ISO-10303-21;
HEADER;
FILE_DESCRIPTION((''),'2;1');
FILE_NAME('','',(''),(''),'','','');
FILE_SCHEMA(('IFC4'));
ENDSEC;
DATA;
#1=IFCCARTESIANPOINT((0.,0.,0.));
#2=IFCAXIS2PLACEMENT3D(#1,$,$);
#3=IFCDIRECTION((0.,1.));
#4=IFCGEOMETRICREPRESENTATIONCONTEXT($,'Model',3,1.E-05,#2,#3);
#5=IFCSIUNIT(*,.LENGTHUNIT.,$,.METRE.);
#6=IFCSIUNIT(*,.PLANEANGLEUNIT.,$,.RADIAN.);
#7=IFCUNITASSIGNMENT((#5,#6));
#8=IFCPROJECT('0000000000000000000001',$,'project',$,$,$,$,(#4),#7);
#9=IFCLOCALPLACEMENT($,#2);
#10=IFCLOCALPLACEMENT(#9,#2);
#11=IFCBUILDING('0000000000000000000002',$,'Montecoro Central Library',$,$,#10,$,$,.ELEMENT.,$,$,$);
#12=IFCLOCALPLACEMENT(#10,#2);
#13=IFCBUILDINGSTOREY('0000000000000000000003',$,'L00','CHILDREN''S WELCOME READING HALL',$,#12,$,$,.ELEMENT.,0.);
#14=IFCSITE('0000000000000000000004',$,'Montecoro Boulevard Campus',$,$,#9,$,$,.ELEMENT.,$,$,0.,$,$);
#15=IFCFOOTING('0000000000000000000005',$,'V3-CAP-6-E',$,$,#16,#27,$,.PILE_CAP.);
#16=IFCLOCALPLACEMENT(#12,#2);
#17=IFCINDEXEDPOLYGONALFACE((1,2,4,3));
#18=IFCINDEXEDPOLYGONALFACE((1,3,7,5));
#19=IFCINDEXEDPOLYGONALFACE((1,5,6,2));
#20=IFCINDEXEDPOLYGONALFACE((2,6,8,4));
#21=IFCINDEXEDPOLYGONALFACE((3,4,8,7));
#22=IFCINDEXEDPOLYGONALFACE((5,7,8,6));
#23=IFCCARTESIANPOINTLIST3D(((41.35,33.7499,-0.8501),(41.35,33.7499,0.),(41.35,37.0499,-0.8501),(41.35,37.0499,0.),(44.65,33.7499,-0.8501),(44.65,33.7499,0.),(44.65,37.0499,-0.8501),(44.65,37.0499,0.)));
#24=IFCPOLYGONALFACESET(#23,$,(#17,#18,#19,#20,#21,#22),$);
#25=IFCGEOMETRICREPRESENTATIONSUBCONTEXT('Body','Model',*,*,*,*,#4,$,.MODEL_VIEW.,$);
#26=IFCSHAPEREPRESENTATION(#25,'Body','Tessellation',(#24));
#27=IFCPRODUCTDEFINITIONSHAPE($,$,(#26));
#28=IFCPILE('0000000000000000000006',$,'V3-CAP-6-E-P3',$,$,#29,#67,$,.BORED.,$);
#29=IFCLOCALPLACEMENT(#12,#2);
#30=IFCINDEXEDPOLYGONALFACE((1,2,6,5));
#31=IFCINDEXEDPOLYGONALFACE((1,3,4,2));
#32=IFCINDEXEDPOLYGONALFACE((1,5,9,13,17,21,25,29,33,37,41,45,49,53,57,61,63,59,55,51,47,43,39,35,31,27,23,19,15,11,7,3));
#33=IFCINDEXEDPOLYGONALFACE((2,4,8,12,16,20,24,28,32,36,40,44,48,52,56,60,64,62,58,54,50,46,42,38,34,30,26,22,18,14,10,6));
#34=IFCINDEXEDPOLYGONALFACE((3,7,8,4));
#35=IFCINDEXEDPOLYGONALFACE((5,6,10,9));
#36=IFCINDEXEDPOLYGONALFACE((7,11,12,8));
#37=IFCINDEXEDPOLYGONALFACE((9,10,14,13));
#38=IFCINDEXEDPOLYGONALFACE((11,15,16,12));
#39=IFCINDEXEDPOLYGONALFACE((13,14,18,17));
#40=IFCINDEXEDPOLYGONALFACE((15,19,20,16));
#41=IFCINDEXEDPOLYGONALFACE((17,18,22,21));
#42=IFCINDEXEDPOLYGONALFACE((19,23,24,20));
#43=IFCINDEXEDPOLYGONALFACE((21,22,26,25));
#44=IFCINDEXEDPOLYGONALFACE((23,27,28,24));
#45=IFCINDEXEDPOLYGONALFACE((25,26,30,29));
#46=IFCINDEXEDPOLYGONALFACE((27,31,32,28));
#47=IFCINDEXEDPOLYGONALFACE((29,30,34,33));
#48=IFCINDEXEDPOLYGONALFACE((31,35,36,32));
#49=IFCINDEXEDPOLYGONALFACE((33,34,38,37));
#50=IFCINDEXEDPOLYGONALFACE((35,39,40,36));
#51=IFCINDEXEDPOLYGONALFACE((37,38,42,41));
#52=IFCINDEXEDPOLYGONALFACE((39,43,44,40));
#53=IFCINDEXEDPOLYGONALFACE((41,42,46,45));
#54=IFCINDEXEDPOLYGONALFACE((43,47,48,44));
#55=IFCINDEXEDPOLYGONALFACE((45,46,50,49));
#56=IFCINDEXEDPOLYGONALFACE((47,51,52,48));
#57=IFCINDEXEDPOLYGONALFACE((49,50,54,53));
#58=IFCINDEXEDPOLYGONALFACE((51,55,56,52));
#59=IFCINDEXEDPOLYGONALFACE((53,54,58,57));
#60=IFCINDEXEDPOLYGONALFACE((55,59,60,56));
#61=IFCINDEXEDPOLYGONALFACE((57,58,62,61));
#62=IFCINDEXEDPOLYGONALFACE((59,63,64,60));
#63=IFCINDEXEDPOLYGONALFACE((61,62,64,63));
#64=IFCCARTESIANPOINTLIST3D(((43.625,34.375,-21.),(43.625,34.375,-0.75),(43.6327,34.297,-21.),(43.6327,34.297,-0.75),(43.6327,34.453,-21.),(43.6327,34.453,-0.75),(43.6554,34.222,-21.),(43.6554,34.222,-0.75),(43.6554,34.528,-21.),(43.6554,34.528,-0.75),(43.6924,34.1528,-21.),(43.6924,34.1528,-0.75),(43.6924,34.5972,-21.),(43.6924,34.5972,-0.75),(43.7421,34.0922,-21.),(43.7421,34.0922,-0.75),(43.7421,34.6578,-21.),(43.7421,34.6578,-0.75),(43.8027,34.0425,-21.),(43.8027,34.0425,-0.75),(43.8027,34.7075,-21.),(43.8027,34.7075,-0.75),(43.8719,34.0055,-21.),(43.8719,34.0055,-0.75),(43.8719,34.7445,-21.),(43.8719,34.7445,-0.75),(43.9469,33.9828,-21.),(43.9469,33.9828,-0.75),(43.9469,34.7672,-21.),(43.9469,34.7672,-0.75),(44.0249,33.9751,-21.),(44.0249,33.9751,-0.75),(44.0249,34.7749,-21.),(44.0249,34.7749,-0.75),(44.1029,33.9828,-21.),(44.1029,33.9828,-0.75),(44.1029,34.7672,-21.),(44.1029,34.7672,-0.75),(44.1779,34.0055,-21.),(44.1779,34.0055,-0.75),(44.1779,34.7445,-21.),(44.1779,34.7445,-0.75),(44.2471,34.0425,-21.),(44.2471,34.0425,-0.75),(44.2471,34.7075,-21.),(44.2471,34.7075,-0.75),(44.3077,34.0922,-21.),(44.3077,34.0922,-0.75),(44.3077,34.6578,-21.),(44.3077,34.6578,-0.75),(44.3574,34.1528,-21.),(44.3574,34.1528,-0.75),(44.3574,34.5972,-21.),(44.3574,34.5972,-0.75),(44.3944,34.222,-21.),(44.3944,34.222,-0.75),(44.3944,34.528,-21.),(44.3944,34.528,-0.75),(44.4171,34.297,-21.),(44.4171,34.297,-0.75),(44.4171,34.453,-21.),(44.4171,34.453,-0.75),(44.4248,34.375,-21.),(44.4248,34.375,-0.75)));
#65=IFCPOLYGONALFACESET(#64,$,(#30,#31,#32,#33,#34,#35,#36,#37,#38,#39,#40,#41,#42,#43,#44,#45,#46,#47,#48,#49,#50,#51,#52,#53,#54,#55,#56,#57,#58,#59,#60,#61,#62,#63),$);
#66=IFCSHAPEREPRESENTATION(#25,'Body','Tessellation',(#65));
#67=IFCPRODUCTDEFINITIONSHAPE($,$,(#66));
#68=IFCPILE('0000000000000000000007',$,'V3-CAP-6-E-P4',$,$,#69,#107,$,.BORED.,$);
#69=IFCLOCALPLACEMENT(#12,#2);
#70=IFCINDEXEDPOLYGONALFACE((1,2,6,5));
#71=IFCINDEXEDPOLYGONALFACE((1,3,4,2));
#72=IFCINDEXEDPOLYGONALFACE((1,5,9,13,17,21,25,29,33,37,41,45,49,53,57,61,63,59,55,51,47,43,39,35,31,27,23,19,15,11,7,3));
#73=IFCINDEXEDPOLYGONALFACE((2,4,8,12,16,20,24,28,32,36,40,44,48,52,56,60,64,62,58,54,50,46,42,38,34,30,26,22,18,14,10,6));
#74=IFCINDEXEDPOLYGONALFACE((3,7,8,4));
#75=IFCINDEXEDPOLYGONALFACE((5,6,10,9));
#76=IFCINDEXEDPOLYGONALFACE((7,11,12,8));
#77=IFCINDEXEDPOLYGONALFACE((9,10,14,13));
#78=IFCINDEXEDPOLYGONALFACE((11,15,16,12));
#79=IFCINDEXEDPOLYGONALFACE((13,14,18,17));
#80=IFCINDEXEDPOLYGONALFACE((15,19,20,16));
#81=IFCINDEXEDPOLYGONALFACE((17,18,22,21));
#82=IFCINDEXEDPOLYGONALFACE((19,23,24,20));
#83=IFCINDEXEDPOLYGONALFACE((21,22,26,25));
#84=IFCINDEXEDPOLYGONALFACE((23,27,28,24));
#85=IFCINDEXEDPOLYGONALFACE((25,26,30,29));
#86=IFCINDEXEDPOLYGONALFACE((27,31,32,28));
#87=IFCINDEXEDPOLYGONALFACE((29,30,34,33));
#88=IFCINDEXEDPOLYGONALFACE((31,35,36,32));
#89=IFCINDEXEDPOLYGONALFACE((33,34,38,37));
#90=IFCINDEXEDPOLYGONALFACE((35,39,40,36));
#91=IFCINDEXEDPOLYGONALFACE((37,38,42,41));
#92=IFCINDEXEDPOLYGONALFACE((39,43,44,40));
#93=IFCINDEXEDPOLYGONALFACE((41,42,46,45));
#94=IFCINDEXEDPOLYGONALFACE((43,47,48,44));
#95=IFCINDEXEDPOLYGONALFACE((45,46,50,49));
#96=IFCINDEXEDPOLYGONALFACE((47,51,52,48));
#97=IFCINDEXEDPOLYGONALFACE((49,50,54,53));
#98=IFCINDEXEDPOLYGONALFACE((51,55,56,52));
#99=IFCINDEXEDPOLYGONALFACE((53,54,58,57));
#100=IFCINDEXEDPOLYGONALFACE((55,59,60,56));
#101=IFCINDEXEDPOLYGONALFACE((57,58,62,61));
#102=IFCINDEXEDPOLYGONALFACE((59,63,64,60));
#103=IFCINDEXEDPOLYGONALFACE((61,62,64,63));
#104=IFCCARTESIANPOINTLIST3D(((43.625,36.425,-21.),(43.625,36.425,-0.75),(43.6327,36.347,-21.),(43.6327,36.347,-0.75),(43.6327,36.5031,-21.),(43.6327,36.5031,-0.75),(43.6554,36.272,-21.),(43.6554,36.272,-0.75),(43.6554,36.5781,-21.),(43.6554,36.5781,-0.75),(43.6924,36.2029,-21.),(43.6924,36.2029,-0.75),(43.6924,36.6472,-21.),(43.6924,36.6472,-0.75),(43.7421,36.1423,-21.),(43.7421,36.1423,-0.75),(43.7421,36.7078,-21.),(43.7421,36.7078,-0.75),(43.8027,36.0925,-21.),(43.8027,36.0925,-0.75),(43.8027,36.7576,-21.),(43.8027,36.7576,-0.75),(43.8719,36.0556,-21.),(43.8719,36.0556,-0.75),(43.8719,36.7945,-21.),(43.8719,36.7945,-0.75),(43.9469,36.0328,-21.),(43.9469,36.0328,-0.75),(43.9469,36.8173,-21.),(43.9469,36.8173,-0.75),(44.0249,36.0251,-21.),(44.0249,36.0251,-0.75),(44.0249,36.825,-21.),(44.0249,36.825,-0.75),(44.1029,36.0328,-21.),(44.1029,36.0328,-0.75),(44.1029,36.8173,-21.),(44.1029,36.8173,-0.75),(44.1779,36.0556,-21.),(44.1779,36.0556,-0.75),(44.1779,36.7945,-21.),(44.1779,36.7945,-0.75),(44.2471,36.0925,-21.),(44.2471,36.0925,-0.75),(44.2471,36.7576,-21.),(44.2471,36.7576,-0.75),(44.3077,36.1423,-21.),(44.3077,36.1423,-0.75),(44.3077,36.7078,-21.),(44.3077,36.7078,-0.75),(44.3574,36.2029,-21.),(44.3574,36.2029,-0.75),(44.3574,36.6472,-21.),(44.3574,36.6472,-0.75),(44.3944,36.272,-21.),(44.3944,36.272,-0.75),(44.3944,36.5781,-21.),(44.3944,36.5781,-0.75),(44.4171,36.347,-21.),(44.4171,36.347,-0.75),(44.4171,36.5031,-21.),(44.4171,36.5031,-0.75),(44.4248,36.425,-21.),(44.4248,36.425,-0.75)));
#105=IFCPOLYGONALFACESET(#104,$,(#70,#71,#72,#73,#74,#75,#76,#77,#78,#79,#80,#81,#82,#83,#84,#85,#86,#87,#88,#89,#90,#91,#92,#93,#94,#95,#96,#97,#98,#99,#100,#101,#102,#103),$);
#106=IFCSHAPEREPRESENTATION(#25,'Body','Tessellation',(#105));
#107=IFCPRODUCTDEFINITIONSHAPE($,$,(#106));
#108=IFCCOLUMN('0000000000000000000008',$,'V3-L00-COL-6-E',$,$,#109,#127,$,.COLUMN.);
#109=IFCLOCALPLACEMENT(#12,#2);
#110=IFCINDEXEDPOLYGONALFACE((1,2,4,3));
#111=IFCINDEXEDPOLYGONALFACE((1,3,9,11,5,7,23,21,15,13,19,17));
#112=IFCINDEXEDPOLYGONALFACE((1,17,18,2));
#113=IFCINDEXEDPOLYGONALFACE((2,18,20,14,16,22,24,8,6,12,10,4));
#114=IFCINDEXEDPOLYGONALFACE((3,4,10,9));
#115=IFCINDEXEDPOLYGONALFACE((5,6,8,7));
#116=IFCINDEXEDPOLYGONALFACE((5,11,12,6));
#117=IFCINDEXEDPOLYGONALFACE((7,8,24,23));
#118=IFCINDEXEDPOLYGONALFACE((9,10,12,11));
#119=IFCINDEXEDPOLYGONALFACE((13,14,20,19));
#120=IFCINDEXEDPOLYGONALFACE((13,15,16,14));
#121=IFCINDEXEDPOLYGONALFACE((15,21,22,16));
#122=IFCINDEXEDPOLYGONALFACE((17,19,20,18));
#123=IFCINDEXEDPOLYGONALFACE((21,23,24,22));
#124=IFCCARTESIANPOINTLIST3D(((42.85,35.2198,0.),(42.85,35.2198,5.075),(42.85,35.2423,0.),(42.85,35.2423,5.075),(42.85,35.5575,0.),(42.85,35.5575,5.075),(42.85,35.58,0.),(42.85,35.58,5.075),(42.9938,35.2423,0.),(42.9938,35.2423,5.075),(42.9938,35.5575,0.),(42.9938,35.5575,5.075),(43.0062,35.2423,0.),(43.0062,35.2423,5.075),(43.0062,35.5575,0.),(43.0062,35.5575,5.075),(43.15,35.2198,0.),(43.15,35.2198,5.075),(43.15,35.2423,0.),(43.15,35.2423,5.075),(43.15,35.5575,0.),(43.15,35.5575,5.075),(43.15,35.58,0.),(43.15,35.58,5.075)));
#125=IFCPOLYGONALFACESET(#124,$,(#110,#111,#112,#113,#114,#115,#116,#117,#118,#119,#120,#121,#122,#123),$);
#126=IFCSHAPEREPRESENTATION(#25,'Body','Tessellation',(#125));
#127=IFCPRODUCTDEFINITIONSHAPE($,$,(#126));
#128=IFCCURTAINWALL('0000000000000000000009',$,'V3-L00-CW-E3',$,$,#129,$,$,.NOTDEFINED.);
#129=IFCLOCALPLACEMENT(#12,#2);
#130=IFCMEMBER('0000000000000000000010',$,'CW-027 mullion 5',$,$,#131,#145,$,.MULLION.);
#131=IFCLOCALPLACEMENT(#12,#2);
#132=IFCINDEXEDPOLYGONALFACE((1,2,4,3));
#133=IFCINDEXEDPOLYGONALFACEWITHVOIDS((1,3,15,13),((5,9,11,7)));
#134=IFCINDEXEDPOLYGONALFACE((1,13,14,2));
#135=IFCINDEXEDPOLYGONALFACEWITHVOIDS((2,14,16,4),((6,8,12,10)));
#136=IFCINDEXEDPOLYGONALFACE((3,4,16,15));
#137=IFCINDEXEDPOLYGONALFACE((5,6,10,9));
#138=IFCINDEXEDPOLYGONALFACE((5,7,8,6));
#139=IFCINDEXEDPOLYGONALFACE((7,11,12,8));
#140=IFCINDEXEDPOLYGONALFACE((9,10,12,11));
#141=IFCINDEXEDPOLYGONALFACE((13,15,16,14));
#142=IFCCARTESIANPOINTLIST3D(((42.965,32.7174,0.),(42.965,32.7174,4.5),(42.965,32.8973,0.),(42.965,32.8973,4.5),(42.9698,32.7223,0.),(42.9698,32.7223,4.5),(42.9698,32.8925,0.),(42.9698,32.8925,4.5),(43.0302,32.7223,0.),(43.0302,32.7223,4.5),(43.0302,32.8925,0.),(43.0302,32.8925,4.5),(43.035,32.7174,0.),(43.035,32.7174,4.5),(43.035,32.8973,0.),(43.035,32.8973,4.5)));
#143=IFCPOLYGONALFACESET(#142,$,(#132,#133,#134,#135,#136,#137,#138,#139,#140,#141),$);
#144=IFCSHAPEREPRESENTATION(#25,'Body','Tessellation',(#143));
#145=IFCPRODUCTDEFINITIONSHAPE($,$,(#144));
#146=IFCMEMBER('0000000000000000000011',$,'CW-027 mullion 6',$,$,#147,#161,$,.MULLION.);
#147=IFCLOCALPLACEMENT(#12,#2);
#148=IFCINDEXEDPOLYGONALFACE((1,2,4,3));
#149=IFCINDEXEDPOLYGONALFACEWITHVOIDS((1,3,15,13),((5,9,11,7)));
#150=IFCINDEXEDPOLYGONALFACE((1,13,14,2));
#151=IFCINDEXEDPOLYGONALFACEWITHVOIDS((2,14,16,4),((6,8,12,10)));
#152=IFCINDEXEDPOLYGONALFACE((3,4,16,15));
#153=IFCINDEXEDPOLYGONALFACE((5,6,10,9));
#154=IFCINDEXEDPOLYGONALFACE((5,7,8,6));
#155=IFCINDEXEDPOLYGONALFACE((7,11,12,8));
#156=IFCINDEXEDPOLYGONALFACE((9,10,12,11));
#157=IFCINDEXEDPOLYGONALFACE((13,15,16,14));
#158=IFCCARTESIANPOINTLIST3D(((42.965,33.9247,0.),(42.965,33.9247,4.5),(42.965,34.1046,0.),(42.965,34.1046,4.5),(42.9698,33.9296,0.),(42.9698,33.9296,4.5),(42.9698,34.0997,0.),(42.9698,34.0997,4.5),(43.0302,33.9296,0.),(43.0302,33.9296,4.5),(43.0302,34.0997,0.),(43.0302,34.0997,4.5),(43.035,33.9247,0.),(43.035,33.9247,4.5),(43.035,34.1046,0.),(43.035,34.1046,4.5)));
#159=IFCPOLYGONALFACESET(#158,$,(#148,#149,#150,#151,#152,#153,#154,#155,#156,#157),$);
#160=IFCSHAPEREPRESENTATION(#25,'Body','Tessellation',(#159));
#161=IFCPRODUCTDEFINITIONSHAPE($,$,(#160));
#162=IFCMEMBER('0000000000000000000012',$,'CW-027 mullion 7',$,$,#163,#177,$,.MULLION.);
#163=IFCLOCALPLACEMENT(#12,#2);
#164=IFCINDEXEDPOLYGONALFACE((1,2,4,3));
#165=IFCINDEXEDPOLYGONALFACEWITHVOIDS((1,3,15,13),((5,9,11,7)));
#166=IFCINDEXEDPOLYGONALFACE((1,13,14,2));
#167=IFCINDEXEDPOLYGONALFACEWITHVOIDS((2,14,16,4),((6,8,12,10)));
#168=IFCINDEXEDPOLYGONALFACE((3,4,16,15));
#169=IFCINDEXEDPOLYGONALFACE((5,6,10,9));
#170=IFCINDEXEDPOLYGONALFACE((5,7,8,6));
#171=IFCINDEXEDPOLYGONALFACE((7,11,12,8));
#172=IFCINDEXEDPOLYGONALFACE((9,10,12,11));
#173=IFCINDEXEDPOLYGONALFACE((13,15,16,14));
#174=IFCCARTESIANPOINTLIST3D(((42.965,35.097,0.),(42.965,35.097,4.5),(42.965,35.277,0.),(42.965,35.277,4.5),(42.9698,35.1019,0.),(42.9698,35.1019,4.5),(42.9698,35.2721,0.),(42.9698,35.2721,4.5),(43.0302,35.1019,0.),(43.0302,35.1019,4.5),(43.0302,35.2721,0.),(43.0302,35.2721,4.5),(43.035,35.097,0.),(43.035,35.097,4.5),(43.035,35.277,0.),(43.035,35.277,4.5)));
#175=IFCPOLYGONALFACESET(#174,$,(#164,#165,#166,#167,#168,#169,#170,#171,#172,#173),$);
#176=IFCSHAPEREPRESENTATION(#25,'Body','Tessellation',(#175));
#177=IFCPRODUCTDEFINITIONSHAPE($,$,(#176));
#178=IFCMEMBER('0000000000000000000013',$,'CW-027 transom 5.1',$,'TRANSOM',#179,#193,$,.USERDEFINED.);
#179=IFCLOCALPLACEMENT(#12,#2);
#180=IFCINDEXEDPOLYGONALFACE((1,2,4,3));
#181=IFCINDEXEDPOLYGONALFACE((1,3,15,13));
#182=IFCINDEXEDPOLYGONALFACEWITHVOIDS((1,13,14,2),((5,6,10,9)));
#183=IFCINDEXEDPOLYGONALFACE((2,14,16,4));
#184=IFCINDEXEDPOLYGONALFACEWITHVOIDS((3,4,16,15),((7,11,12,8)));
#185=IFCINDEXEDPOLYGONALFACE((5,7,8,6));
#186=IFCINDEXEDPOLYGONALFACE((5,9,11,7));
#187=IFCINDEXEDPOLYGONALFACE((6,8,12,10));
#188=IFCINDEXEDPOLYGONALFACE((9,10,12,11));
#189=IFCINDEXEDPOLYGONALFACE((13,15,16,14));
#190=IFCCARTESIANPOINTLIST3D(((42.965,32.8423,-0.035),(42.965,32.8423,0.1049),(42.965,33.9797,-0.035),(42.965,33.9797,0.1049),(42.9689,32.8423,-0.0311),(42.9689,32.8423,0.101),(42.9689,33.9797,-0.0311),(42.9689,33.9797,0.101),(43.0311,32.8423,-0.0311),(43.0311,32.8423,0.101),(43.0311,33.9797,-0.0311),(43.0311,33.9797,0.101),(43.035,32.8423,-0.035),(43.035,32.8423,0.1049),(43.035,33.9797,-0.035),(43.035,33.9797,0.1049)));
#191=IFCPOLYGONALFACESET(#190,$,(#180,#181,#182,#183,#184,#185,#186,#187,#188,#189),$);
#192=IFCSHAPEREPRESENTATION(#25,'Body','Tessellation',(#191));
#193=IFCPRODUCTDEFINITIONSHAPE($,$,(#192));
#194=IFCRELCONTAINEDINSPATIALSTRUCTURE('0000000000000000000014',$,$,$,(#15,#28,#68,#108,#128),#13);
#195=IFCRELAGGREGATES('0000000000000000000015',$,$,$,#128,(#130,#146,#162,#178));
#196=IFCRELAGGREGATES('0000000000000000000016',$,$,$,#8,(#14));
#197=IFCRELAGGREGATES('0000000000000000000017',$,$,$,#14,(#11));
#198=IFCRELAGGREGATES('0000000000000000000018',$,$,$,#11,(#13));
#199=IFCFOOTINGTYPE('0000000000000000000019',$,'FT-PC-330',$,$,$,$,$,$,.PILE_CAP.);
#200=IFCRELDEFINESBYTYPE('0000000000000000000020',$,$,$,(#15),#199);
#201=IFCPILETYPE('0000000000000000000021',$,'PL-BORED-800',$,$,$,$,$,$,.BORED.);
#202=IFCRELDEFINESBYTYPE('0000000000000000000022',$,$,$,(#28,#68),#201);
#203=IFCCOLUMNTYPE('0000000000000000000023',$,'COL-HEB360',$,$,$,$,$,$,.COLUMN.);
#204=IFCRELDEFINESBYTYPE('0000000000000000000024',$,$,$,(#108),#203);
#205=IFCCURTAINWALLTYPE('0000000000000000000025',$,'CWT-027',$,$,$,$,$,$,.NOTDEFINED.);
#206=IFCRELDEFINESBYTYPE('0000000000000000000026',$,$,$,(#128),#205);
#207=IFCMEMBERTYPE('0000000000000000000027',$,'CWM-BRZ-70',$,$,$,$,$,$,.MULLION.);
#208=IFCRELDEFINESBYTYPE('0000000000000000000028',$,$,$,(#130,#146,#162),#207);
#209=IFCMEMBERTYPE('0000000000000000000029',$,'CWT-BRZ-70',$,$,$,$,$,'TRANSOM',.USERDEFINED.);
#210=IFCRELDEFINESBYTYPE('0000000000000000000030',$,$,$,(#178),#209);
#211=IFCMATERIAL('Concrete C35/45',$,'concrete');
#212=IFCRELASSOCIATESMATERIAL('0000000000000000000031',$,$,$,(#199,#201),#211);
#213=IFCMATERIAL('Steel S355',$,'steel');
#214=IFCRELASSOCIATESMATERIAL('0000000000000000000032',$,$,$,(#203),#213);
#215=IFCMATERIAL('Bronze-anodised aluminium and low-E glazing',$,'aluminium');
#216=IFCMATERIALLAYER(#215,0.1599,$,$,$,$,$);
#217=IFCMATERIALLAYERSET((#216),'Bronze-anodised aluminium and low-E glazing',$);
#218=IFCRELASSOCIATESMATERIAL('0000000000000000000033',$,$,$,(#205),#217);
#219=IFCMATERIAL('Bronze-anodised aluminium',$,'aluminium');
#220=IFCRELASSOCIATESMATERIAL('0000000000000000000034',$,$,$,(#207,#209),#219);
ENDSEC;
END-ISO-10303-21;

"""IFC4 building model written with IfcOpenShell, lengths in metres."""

from ifc_helpers import new_model, si_unit, direction, frame, origin, origin_2d, place, context, subcontext, project, spatial, rectangle, hollow_rectangle, circle, i_section, extrude, material, layer, layer_set, material_profile, profile_set, type_object, element, aggregate, save


model = new_model("IFC4")

# Units and contexts
model_context = context("Model", 3, precision=1e-05, world=origin(), true_north=direction((0.0, 1.0)))
body_context = subcontext(model_context, "Body", "Model", "MODEL_VIEW")
ifc_project = project(units=[si_unit("LENGTHUNIT", "METRE"), si_unit("PLANEANGLEUNIT", "RADIAN")], contexts=[model_context])

# Site, building, storey
site_placement = place(None, origin())
site = spatial("IfcSite", under=ifc_project, at=site_placement, Name="Montecoro Boulevard Campus", CompositionType="ELEMENT", RefElevation=0.0)
building_placement = place(site_placement, origin())
building = spatial("IfcBuilding", under=site, at=building_placement, Name="Montecoro Central Library", CompositionType="ELEMENT")
storey_placement = place(building_placement, origin())
storey = spatial("IfcBuildingStorey", under=building, at=storey_placement, Name="L00", Description="CHILDREN'S WELCOME READING HALL", CompositionType="ELEMENT", Elevation=0.0)

# Footing
ifc_material_1 = material(Name="Concrete C35/45", Category="concrete")
footing_type = type_object("IfcFootingType", Name="FT-PC-330", PredefinedType="PILE_CAP", material=ifc_material_1)
footing_placement = place(storey_placement, frame((43.0, 35.3999, -0.8501), z_axis=(0.0, 0.0, 1.0), x_axis=(1.0, 0.0, 0.0)))
element("IfcFooting", 1, at=footing_placement, inside=storey, type_object=footing_type, Name="V3-CAP-6-E", PredefinedType="PILE_CAP", context=body_context, shape_type="SweptSolid", body=[
    extrude(rectangle(XDim=3.3, YDim=3.3, at=origin_2d()), origin(), (0.0, 0.0, 1.0), 0.8501),
])

# Piles
ifc_material_profile_1 = material_profile(ifc_material_1, circle(Radius=0.3999, at=origin_2d()), Name="PILE D800")
ifc_profile_set_1 = profile_set([ifc_material_profile_1], Name="Concrete C35/45")
pile_type = type_object("IfcPileType", Name="PL-BORED-800", PredefinedType="BORED", material=ifc_profile_set_1)
for number, where, z_axis, x_axis, name in (
    (2, (44.0249, 34.375, -0.75), (0.0, 0.0, -1.0), (1.0, 0.0, 0.0), "V3-CAP-6-E-P3"),
    (3, (44.0249, 36.425, -0.75), (0.0, 0.0, -1.0), (1.0, 0.0, 0.0), "V3-CAP-6-E-P4"),
):
    element("IfcPile", number, at=place(storey_placement, frame(where, z_axis=z_axis, x_axis=x_axis)), inside=storey, type_object=pile_type, Name=name, PredefinedType="BORED", context=body_context, shape_type="SweptSolid", body=[
        extrude(circle(Radius=0.3999, at=origin_2d()), origin(), (0.0, 0.0, 1.0), 20.25),
    ])

# Column
ifc_material_2 = material(Name="Steel S355", Category="steel")
ifc_material_profile_2 = material_profile(ifc_material_2, i_section(OverallWidth=0.3, OverallDepth=0.3601, WebThickness=0.0125, FlangeThickness=0.0225, at=origin_2d()), Name="HEB 360")
ifc_profile_set_2 = profile_set([ifc_material_profile_2], Name="Steel S355")
column_type = type_object("IfcColumnType", Name="COL-HEB360", PredefinedType="COLUMN", material=ifc_profile_set_2)
column_placement = place(storey_placement, frame((43.0, 35.3999, 0.0), z_axis=(0.0, 0.0, 1.0), x_axis=(1.0, 0.0, 0.0)))
element("IfcColumn", 4, at=column_placement, inside=storey, type_object=column_type, Name="V3-L00-COL-6-E", PredefinedType="COLUMN", context=body_context, shape_type="SweptSolid", body=[
    extrude(i_section(OverallWidth=0.3, OverallDepth=0.3601, WebThickness=0.0125, FlangeThickness=0.0225, at=origin_2d()), origin(), (0.0, 0.0, 1.0), 5.075),
])

# Curtain wall, members
ifc_material_3 = material(Name="Bronze-anodised aluminium and low-E glazing", Category="aluminium")
ifc_layer_1 = layer(ifc_material_3, 0.1599)
ifc_layer_set_1 = layer_set([ifc_layer_1], Name="Bronze-anodised aluminium and low-E glazing")
curtain_wall_type = type_object("IfcCurtainWallType", Name="CWT-027", PredefinedType="NOTDEFINED", material=ifc_layer_set_1)
curtain_wall_placement = place(storey_placement, origin())
curtain_wall = element("IfcCurtainWall", 5, at=curtain_wall_placement, inside=storey, type_object=curtain_wall_type, Name="V3-L00-CW-E3", PredefinedType="NOTDEFINED")
ifc_material_4 = material(Name="Bronze-anodised aluminium", Category="aluminium")
ifc_material_profile_3 = material_profile(ifc_material_4, hollow_rectangle(XDim=0.0701, YDim=0.1799, WallThickness=0.0049, at=origin_2d()), Name="CWM 180x70x5.0")
ifc_profile_set_3 = profile_set([ifc_material_profile_3], Name="Bronze-anodised aluminium")
member_type_1 = type_object("IfcMemberType", Name="CWM-BRZ-70", PredefinedType="MULLION", material=ifc_profile_set_3)
member_1_placement = place(storey_placement, frame((43.0, 32.8074, 0.0), z_axis=(0.0, 0.0, 1.0), x_axis=(-1.0, 0.0, 0.0)))
member_1 = element("IfcMember", 6, at=member_1_placement, type_object=member_type_1, Name="CW-027 mullion 5", PredefinedType="MULLION", context=body_context, shape_type="SweptSolid", body=[
    extrude(hollow_rectangle(XDim=0.0701, YDim=0.1799, WallThickness=0.0049, at=origin_2d()), origin(), (0.0, 0.0, 1.0), 4.5),
])
member_2_placement = place(storey_placement, frame((43.0, 34.0146, 0.0), z_axis=(0.0, 0.0, 1.0), x_axis=(-1.0, 0.0, 0.0)))
member_2 = element("IfcMember", 7, at=member_2_placement, type_object=member_type_1, Name="CW-027 mullion 6", PredefinedType="MULLION", context=body_context, shape_type="SweptSolid", body=[
    extrude(hollow_rectangle(XDim=0.0701, YDim=0.1799, WallThickness=0.0049, at=origin_2d()), origin(), (0.0, 0.0, 1.0), 4.5),
])
member_3_placement = place(storey_placement, frame((43.0, 35.187, 0.0), z_axis=(0.0, 0.0, 1.0), x_axis=(-1.0, 0.0, 0.0)))
member_3 = element("IfcMember", 8, at=member_3_placement, type_object=member_type_1, Name="CW-027 mullion 7", PredefinedType="MULLION", context=body_context, shape_type="SweptSolid", body=[
    extrude(hollow_rectangle(XDim=0.0701, YDim=0.1799, WallThickness=0.0049, at=origin_2d()), origin(), (0.0, 0.0, 1.0), 4.5),
])
ifc_material_profile_4 = material_profile(ifc_material_4, hollow_rectangle(XDim=0.0701, YDim=0.1399, WallThickness=0.0039, at=origin_2d()), Name="CWT 140x70x4.0")
ifc_profile_set_4 = profile_set([ifc_material_profile_4], Name="Bronze-anodised aluminium")
member_type_2 = type_object("IfcMemberType", Name="CWT-BRZ-70", ElementType="TRANSOM", PredefinedType="USERDEFINED", material=ifc_profile_set_4)
member_4_placement = place(storey_placement, frame((43.0, 32.8423, 0.0349), z_axis=(0.0, 1.0, 0.0), x_axis=(-1.0, 0.0, 0.0)))
member_4 = element("IfcMember", 9, at=member_4_placement, type_object=member_type_2, Name="CW-027 transom 5.1", ObjectType="TRANSOM", PredefinedType="USERDEFINED", context=body_context, shape_type="SweptSolid", body=[
    extrude(hollow_rectangle(XDim=0.0701, YDim=0.1399, WallThickness=0.0039, at=origin_2d()), origin(), (0.0, 0.0, 1.0), 1.1375),
])
aggregate(curtain_wall, [member_1, member_2, member_3, member_4])

save(model, "model.ifc")
